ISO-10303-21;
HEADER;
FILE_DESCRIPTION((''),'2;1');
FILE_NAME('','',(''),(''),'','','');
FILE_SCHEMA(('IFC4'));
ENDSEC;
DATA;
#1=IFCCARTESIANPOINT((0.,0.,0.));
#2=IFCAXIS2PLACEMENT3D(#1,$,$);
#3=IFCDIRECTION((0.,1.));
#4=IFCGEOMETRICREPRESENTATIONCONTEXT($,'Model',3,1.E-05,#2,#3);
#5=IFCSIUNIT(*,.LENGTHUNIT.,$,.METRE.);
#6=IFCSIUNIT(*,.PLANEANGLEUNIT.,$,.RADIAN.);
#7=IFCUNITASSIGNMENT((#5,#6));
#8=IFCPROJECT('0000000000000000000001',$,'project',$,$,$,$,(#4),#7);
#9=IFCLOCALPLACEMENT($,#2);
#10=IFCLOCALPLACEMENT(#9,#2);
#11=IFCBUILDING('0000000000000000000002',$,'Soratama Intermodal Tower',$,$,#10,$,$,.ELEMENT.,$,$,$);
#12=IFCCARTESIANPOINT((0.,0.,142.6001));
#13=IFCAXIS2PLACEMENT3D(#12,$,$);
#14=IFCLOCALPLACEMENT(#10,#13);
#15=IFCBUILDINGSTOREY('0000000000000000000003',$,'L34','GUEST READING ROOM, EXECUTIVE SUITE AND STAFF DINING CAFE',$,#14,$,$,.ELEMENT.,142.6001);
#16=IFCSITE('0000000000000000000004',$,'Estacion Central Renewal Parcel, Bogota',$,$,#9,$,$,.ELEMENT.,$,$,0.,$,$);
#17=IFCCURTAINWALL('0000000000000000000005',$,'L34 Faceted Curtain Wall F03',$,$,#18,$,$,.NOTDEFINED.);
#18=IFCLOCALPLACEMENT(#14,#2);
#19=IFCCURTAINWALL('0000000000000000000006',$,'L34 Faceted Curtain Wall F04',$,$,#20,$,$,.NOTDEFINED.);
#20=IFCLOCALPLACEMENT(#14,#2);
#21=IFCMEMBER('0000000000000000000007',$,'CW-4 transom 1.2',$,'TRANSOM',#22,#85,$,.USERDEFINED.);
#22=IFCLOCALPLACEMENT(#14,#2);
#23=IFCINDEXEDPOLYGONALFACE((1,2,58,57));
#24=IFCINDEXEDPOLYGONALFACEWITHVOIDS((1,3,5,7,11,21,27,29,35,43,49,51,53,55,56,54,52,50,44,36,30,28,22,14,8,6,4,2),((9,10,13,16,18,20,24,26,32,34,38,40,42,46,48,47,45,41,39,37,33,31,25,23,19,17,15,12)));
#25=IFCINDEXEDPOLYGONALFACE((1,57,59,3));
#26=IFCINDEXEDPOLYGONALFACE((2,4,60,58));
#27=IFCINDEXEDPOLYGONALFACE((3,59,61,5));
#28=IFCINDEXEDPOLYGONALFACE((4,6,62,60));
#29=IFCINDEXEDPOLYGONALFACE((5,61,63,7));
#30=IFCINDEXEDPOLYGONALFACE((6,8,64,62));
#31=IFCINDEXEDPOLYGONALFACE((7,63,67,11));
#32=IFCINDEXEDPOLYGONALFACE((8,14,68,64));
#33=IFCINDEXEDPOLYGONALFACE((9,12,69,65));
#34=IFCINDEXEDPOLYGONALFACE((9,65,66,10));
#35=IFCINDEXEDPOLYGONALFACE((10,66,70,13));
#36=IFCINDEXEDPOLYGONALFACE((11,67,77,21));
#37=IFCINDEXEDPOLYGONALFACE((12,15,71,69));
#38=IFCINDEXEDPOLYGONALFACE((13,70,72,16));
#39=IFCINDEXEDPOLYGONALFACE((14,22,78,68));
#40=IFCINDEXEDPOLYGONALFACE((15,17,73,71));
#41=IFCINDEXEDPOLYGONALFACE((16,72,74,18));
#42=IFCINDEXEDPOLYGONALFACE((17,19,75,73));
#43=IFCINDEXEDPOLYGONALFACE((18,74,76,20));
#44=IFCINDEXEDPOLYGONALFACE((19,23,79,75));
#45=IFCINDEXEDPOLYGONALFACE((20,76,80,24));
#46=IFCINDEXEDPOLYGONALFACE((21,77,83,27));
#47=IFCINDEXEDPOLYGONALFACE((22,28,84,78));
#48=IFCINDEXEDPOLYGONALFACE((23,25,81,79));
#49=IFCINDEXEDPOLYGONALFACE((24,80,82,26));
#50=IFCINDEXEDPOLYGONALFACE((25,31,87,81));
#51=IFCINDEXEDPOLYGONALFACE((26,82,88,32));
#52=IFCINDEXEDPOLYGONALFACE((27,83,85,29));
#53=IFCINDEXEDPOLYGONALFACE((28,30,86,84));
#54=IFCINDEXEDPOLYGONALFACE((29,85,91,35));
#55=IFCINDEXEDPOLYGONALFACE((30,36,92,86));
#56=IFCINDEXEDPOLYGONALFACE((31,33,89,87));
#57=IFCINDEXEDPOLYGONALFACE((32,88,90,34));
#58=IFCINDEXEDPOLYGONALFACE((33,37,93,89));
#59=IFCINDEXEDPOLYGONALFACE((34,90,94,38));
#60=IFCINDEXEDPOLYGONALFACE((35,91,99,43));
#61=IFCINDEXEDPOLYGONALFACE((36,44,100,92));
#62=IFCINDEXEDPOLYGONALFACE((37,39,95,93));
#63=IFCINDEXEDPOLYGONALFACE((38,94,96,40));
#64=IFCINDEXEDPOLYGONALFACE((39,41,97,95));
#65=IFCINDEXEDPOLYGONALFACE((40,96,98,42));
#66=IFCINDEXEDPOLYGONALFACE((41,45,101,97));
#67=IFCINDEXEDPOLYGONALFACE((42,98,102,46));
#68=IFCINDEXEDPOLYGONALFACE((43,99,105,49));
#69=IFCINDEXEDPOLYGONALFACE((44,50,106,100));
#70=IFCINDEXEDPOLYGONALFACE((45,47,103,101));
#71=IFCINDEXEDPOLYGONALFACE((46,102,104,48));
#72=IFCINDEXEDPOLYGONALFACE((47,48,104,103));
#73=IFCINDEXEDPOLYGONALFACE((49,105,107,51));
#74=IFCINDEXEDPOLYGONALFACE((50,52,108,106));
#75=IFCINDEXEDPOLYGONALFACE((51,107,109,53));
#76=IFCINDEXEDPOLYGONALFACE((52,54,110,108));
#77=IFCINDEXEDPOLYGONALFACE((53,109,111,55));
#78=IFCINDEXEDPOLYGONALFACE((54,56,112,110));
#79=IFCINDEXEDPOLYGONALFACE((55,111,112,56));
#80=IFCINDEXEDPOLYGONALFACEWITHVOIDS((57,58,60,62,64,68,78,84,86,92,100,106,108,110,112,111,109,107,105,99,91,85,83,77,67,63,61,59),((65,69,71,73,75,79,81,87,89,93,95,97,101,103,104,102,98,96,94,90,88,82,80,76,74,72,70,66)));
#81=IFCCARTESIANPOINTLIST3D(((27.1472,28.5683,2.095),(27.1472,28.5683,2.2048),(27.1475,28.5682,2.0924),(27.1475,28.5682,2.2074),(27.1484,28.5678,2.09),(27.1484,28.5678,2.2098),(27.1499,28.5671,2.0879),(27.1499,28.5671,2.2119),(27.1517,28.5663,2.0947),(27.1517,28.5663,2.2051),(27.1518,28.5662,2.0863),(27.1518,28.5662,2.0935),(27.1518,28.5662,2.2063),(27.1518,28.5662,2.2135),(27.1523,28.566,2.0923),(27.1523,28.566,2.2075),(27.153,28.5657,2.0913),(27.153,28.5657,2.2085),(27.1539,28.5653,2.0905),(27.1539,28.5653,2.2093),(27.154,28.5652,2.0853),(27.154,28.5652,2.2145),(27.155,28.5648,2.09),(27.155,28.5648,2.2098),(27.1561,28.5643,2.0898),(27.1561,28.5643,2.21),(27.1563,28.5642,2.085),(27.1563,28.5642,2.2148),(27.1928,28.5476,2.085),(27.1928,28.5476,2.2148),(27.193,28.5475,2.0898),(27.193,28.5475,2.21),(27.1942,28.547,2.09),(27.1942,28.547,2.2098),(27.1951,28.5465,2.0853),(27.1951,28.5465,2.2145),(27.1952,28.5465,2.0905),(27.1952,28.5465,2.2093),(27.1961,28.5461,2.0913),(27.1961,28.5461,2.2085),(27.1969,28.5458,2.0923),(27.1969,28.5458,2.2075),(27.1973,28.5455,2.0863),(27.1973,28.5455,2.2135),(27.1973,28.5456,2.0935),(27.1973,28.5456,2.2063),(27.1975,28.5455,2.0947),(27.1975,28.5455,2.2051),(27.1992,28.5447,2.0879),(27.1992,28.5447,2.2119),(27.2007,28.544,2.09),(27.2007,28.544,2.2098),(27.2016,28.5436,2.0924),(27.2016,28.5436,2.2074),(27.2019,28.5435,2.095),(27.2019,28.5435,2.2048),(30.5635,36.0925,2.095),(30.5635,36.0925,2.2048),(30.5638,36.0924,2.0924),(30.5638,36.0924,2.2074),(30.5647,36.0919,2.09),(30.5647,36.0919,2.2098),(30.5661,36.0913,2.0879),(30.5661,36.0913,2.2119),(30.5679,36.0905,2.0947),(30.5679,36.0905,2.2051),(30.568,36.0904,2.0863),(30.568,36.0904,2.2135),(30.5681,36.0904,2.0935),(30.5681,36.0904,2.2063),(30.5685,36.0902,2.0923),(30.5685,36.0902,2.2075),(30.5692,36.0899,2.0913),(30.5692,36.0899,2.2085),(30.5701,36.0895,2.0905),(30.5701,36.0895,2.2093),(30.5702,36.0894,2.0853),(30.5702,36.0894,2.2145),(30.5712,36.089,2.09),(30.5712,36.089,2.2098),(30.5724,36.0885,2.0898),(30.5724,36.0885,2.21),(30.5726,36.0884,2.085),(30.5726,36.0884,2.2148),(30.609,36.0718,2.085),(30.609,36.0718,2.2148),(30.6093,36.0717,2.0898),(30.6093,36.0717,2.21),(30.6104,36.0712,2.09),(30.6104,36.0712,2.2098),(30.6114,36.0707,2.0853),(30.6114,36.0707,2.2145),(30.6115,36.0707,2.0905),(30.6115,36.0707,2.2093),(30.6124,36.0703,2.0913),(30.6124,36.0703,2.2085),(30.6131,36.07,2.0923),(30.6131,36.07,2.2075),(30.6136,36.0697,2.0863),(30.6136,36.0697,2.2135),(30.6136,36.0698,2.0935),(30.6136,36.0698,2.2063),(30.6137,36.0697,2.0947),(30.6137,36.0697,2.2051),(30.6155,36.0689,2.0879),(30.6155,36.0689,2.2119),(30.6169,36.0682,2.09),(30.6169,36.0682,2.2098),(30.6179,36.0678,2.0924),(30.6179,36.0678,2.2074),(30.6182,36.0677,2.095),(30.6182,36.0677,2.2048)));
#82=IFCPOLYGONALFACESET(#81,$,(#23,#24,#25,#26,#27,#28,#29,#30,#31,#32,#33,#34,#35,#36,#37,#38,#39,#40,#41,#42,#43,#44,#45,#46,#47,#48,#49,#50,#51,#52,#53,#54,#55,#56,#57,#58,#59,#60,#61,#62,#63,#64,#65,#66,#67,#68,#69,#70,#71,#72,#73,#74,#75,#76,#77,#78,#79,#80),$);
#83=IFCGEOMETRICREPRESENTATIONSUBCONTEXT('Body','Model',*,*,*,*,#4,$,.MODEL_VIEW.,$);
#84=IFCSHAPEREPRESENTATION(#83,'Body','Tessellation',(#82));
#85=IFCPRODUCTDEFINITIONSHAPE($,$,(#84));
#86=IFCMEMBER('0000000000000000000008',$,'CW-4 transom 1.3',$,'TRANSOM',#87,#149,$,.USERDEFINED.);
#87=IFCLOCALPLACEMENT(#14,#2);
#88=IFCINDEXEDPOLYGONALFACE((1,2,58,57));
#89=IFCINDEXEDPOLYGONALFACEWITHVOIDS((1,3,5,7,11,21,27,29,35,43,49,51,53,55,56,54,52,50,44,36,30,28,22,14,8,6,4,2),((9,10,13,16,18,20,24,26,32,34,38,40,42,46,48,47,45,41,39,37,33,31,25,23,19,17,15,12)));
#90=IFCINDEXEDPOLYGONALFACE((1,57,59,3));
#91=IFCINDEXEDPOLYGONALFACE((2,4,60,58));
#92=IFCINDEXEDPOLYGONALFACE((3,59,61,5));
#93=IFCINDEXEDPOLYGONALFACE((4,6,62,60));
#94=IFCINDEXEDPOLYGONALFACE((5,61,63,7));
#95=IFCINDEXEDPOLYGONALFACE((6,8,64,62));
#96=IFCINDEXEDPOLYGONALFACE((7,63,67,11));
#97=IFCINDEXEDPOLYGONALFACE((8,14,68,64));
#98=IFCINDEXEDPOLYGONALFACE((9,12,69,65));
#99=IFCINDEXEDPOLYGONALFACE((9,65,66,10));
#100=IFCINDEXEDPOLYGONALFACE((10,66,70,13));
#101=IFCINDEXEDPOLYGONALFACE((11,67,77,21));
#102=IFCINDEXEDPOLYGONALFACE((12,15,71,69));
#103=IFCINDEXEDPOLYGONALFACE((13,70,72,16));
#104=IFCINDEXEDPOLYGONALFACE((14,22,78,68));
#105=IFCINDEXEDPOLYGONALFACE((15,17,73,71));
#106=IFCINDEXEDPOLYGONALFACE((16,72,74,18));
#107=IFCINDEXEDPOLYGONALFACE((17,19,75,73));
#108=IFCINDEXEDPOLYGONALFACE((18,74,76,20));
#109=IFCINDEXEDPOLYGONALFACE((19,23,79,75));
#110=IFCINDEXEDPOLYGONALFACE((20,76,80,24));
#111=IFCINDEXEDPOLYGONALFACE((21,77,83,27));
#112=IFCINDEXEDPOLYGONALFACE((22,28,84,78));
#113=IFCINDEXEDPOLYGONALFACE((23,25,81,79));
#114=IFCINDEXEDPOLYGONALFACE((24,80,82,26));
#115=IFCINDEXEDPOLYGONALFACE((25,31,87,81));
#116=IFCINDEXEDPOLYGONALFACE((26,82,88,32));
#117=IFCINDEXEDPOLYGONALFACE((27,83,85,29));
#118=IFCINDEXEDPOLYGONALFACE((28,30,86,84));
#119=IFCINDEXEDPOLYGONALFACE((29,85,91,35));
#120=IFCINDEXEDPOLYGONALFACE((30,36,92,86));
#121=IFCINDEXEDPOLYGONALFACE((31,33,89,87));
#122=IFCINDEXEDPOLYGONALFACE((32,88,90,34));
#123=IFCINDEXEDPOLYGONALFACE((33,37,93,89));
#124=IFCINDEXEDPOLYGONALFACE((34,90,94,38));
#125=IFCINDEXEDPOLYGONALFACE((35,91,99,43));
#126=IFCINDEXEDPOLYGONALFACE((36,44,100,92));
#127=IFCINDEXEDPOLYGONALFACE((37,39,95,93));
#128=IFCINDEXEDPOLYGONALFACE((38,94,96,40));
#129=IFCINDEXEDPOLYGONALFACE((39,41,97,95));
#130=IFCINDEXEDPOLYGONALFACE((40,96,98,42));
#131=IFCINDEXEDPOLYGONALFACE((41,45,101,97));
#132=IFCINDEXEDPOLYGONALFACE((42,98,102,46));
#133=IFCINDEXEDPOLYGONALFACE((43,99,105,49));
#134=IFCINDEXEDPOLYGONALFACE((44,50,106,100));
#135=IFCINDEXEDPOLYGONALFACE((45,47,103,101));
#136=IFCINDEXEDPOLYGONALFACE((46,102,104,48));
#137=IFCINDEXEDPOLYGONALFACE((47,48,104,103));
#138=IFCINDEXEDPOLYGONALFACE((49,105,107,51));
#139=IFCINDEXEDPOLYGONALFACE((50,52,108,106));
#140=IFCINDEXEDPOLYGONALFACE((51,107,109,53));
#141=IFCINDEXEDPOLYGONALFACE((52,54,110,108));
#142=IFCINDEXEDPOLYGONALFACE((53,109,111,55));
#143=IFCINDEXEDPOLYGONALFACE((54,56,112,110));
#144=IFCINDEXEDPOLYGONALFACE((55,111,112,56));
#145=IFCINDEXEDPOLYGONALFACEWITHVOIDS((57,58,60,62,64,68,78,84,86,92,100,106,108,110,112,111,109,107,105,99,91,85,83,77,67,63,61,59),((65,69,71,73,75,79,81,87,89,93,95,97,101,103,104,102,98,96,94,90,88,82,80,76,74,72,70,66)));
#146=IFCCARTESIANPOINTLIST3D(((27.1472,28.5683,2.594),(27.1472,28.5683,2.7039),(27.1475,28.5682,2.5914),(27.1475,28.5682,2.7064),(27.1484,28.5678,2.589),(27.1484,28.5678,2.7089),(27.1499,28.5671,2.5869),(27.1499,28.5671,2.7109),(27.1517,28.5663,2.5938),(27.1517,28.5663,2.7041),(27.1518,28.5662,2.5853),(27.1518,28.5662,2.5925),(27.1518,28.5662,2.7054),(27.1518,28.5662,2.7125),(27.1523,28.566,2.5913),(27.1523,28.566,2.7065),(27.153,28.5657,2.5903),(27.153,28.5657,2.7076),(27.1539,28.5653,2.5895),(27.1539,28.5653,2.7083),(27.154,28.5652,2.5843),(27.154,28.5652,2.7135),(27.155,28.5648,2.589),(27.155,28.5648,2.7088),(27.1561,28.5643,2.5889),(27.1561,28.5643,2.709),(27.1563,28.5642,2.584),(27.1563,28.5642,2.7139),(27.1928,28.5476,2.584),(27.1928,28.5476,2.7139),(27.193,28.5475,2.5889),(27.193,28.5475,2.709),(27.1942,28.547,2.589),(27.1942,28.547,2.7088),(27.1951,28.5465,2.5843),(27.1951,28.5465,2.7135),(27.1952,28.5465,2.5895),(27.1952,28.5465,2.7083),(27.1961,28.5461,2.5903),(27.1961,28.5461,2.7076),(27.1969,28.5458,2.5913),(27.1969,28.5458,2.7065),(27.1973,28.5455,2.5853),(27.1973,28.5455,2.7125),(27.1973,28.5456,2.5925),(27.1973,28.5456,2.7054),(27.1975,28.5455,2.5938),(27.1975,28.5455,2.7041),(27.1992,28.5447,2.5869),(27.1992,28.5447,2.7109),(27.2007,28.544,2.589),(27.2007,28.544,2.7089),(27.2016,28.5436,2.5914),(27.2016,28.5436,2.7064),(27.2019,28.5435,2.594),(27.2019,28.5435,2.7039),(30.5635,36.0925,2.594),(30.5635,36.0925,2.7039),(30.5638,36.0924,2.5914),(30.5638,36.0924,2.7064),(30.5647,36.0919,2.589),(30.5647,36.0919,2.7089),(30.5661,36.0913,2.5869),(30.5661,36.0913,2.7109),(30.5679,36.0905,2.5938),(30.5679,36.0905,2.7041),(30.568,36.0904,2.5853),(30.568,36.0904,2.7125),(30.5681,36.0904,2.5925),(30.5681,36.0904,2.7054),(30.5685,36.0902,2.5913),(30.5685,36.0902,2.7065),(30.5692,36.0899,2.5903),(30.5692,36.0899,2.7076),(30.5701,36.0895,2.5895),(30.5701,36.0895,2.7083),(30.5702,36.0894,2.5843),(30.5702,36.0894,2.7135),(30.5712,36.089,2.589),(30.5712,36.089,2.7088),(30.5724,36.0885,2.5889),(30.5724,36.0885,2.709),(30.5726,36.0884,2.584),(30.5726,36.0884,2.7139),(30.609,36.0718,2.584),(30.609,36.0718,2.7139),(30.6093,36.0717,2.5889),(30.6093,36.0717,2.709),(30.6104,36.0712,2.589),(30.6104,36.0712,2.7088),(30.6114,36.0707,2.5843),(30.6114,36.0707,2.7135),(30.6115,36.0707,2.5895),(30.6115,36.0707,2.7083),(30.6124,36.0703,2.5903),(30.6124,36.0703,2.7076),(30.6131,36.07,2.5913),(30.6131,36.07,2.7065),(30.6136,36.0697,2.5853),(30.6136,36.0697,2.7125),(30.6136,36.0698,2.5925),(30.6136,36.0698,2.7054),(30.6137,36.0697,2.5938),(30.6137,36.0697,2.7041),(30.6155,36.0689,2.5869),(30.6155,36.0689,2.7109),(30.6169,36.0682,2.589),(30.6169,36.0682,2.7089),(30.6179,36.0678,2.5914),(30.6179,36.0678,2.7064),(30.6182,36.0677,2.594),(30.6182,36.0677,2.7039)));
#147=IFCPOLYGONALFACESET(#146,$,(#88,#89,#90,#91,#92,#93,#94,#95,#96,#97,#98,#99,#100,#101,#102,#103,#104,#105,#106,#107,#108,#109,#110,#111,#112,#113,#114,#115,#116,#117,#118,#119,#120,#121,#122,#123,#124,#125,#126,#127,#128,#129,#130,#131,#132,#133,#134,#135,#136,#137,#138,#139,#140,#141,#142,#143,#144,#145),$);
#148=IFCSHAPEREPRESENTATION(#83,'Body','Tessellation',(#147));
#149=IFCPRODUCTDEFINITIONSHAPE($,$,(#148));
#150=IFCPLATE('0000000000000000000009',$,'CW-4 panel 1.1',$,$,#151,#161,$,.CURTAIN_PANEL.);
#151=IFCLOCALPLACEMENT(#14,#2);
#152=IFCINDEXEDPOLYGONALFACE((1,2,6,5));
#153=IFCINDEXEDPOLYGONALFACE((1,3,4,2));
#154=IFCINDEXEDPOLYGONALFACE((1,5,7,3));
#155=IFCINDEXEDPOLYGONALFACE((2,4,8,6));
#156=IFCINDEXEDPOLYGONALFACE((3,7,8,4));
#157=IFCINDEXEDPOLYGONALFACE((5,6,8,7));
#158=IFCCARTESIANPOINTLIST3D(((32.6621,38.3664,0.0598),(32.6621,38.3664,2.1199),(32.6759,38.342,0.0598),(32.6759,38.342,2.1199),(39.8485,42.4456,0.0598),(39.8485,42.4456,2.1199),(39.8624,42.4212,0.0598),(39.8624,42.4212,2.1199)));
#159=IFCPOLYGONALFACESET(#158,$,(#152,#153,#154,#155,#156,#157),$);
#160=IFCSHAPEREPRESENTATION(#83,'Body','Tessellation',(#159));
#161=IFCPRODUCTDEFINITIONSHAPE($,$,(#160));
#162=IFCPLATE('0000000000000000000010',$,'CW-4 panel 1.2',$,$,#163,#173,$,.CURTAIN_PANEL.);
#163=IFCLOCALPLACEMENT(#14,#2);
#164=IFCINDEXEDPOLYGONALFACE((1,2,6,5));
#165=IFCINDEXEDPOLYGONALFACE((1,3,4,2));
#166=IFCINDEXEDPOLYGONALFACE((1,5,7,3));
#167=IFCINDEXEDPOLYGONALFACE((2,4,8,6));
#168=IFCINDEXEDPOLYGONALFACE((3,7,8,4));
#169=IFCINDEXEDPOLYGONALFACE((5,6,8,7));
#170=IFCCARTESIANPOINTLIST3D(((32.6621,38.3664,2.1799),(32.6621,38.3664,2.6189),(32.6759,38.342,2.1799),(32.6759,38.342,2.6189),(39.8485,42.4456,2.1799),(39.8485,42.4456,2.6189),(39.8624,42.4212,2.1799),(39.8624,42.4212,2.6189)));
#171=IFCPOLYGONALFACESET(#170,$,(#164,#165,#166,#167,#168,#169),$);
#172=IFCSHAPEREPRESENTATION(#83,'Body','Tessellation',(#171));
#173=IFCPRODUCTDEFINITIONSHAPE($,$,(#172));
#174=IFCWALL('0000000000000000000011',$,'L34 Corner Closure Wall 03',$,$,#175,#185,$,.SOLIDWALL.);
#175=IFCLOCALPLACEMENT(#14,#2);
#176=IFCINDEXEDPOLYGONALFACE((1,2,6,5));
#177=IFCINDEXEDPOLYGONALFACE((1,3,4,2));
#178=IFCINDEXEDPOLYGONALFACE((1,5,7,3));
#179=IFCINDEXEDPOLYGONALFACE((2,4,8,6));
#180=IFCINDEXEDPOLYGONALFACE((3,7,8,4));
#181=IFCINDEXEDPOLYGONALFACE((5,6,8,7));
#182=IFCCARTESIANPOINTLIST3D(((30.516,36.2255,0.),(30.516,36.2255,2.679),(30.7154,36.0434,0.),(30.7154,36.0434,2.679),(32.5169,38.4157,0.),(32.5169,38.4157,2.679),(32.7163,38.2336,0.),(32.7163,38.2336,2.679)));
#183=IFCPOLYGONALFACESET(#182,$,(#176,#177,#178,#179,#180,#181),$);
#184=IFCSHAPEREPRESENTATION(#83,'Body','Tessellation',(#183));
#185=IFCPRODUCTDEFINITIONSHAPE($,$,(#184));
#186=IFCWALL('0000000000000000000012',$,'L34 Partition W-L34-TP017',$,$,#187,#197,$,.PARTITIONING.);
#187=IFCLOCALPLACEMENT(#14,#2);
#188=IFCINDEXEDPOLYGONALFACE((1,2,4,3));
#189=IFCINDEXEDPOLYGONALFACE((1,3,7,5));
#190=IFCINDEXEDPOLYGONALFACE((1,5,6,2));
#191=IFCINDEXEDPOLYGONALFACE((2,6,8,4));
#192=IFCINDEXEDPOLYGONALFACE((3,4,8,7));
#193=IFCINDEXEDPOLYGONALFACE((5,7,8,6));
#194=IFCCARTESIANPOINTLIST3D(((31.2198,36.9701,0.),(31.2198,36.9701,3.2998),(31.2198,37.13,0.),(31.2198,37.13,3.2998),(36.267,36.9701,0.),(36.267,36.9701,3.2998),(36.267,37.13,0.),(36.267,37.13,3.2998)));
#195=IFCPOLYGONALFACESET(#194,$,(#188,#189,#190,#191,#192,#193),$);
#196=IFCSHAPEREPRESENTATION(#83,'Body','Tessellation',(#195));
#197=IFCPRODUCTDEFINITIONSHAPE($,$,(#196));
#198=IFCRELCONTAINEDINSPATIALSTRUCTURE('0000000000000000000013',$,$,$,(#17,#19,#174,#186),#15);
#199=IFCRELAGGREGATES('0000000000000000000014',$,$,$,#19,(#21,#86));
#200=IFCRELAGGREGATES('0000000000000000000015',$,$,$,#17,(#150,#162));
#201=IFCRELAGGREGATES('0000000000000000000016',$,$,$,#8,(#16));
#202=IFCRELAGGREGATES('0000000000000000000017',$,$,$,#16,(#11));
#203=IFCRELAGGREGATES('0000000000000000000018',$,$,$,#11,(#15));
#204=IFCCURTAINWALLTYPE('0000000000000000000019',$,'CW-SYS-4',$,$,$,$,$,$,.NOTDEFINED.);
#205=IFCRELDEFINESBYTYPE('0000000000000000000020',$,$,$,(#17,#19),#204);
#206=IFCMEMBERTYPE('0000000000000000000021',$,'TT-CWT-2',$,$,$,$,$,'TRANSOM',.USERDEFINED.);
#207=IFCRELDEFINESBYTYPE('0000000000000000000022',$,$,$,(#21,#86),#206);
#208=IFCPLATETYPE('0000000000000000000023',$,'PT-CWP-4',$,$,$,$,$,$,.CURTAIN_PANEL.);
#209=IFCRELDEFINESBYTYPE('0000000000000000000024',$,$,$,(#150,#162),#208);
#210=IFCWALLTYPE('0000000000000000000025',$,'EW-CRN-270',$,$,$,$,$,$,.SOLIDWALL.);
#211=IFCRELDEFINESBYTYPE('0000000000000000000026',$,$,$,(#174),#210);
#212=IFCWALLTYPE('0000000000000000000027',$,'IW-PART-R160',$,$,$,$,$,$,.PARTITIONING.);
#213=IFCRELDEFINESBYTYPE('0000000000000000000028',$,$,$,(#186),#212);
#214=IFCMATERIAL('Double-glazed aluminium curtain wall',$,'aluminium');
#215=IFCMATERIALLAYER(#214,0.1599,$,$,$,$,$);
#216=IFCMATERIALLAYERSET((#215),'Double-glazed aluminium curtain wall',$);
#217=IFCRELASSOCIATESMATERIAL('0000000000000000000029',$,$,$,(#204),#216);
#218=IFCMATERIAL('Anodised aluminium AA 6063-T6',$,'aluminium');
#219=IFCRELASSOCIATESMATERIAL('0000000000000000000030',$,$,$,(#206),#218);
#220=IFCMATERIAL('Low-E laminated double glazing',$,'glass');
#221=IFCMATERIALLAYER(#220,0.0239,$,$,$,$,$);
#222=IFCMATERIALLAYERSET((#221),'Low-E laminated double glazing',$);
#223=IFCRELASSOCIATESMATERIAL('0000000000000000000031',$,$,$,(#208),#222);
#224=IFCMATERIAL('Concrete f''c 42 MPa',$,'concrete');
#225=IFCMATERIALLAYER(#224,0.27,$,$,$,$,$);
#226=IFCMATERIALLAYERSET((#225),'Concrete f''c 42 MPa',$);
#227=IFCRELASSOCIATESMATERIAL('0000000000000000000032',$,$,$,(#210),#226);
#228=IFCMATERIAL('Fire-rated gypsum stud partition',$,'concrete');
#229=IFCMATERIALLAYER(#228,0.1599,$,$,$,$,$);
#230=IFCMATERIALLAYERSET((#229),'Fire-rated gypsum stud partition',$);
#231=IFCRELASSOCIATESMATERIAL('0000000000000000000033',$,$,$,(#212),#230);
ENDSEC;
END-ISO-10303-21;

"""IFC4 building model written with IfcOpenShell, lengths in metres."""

from ifc_helpers import new_model, si_unit, direction, frame, frame_2d, origin, origin_2d, place, context, subcontext, project, spatial, rectangle, hollow_rectangle, extrude, material, layer, layer_set, material_profile, profile_set, type_object, element, aggregate, save


model = new_model("IFC4")

# Units and contexts
model_context = context("Model", 3, precision=1e-05, world=origin(), true_north=direction((0.0, 1.0)))
body_context = subcontext(model_context, "Body", "Model", "MODEL_VIEW")
ifc_project = project(units=[si_unit("LENGTHUNIT", "METRE"), si_unit("PLANEANGLEUNIT", "RADIAN")], contexts=[model_context])

# Site, building, storey
site_placement = place(None, origin())
site = spatial("IfcSite", under=ifc_project, at=site_placement, Name="Estacion Central Renewal Parcel, Bogota", CompositionType="ELEMENT", RefElevation=0.0)
building_placement = place(site_placement, origin())
building = spatial("IfcBuilding", under=site, at=building_placement, Name="Soratama Intermodal Tower", CompositionType="ELEMENT")
storey_placement = place(building_placement, frame((0.0, 0.0, 142.6001)))
storey = spatial("IfcBuildingStorey", under=building, at=storey_placement, Name="L34", Description="GUEST READING ROOM, EXECUTIVE SUITE AND STAFF DINING CAFE", CompositionType="ELEMENT", Elevation=142.6001)

# Curtain wall
ifc_material_1 = material(Name="Double-glazed aluminium curtain wall", Category="aluminium")
ifc_layer_1 = layer(ifc_material_1, 0.1599)
ifc_layer_set_1 = layer_set([ifc_layer_1], Name="Double-glazed aluminium curtain wall")
curtain_wall_type = type_object("IfcCurtainWallType", Name="CW-SYS-4", PredefinedType="NOTDEFINED", material=ifc_layer_set_1)
curtain_wall_1_placement = place(storey_placement, origin())
curtain_wall_1 = element("IfcCurtainWall", 1, at=curtain_wall_1_placement, inside=storey, type_object=curtain_wall_type, Name="L34 Faceted Curtain Wall F03", PredefinedType="NOTDEFINED")

# Curtain wall
curtain_wall_2_placement = place(storey_placement, origin())
curtain_wall_2 = element("IfcCurtainWall", 2, at=curtain_wall_2_placement, inside=storey, type_object=curtain_wall_type, Name="L34 Faceted Curtain Wall F04", PredefinedType="NOTDEFINED")

# Members
ifc_material_2 = material(Name="Anodised aluminium AA 6063-T6", Category="aluminium")
ifc_material_profile_1 = material_profile(ifc_material_2, hollow_rectangle(XDim=0.0601, YDim=0.1299, WallThickness=0.0049, InnerFilletRadius=0.0049, OuterFilletRadius=0.01, at=origin_2d()), Name="CWT130X60X5")
ifc_profile_set_1 = profile_set([ifc_material_profile_1], Name="Anodised aluminium AA 6063-T6")
member_type_1 = type_object("IfcMemberType", Name="TT-CWT-2", ElementType="TRANSOM", PredefinedType="USERDEFINED", material=ifc_profile_set_1)
member_1_placement = place(storey_placement, frame((30.5908, 36.0801, 2.1499), z_axis=(-0.41342, -0.91054, 0.0), x_axis=(0.91054, -0.41342, 0.0)))
member_1 = element("IfcMember", 3, at=member_1_placement, type_object=member_type_1, Name="CW-4 transom 1.2", ObjectType="TRANSOM", PredefinedType="USERDEFINED", context=body_context, shape_type="SweptSolid", body=[
    extrude(hollow_rectangle(XDim=0.0601, YDim=0.1299, WallThickness=0.0049, InnerFilletRadius=0.0049, OuterFilletRadius=0.01, at=origin_2d()), origin(), (0.0, 0.0, 1.0), 8.2634),
])
member_2_placement = place(storey_placement, frame((30.5908, 36.0801, 2.6489), z_axis=(-0.41342, -0.91054, 0.0), x_axis=(0.91054, -0.41342, 0.0)))
member_2 = element("IfcMember", 4, at=member_2_placement, type_object=member_type_1, Name="CW-4 transom 1.3", ObjectType="TRANSOM", PredefinedType="USERDEFINED", context=body_context, shape_type="SweptSolid", body=[
    extrude(hollow_rectangle(XDim=0.0601, YDim=0.1299, WallThickness=0.0049, InnerFilletRadius=0.0049, OuterFilletRadius=0.01, at=origin_2d()), origin(), (0.0, 0.0, 1.0), 8.2634),
])
aggregate(curtain_wall_2, [member_1, member_2])

# Plates
ifc_material_3 = material(Name="Low-E laminated double glazing", Category="glass")
ifc_layer_2 = layer(ifc_material_3, 0.0239)
ifc_layer_set_2 = layer_set([ifc_layer_2], Name="Low-E laminated double glazing")
plate_type = type_object("IfcPlateType", Name="PT-CWP-4", PredefinedType="CURTAIN_PANEL", material=ifc_layer_set_2)
plate_1_placement = place(storey_placement, frame((36.2622, 40.3938, 0.0598), z_axis=(0.0, 0.0, 1.0), x_axis=(-0.869667, -0.49364, 0.0)))
plate_1 = element("IfcPlate", 5, at=plate_1_placement, type_object=plate_type, Name="CW-4 panel 1.1", PredefinedType="CURTAIN_PANEL", context=body_context, shape_type="SweptSolid", body=[
    extrude(rectangle(XDim=8.2634, YDim=0.0281, at=origin_2d()), origin(), (0.0, 0.0, 1.0), 2.0601),
])
plate_2_placement = place(storey_placement, frame((36.2622, 40.3938, 2.1799), z_axis=(0.0, 0.0, 1.0), x_axis=(-0.869667, -0.49364, 0.0)))
plate_2 = element("IfcPlate", 6, at=plate_2_placement, type_object=plate_type, Name="CW-4 panel 1.2", PredefinedType="CURTAIN_PANEL", context=body_context, shape_type="SweptSolid", body=[
    extrude(rectangle(XDim=8.2634, YDim=0.0281, at=origin_2d()), origin(), (0.0, 0.0, 1.0), 0.439),
])
aggregate(curtain_wall_1, [plate_1, plate_2])

# Walls
ifc_material_4 = material(Name="Concrete f'c 42 MPa", Category="concrete")
ifc_layer_3 = layer(ifc_material_4, 0.27)
ifc_layer_set_3 = layer_set([ifc_layer_3], Name="Concrete f'c 42 MPa")
wall_type_1 = type_object("IfcWallType", Name="EW-CRN-270", PredefinedType="SOLIDWALL", material=ifc_layer_set_3)
wall_1_placement = place(storey_placement, frame((32.6167, 38.3247, 0.0), z_axis=(0.0, 0.0, 1.0), x_axis=(-0.674498, -0.738277, 0.0)))
element("IfcWall", 7, at=wall_1_placement, inside=storey, type_object=wall_type_1, Name="L34 Corner Closure Wall 03", PredefinedType="SOLIDWALL", context=body_context, shape_type="SweptSolid", body=[
    extrude(rectangle(XDim=2.9666, YDim=0.27, at=frame_2d((1.4834, 0.0))), origin(), (0.0, 0.0, 1.0), 2.679),
])
ifc_material_5 = material(Name="Fire-rated gypsum stud partition", Category="concrete")
ifc_layer_4 = layer(ifc_material_5, 0.1599)
ifc_layer_set_4 = layer_set([ifc_layer_4], Name="Fire-rated gypsum stud partition")
wall_type_2 = type_object("IfcWallType", Name="IW-PART-R160", PredefinedType="PARTITIONING", material=ifc_layer_set_4)
wall_2_placement = place(storey_placement, frame((31.22, 37.05, 0.0), z_axis=(0.0, 0.0, 1.0), x_axis=(1.0, 0.0, 0.0)))
element("IfcWall", 8, at=wall_2_placement, inside=storey, type_object=wall_type_2, Name="L34 Partition W-L34-TP017", PredefinedType="PARTITIONING", context=body_context, shape_type="SweptSolid", body=[
    extrude(rectangle(XDim=5.0471, YDim=0.1599, at=frame_2d((2.5234, 0.0))), origin(), (0.0, 0.0, 1.0), 3.2998),
])

save(model, "model.ifc")
